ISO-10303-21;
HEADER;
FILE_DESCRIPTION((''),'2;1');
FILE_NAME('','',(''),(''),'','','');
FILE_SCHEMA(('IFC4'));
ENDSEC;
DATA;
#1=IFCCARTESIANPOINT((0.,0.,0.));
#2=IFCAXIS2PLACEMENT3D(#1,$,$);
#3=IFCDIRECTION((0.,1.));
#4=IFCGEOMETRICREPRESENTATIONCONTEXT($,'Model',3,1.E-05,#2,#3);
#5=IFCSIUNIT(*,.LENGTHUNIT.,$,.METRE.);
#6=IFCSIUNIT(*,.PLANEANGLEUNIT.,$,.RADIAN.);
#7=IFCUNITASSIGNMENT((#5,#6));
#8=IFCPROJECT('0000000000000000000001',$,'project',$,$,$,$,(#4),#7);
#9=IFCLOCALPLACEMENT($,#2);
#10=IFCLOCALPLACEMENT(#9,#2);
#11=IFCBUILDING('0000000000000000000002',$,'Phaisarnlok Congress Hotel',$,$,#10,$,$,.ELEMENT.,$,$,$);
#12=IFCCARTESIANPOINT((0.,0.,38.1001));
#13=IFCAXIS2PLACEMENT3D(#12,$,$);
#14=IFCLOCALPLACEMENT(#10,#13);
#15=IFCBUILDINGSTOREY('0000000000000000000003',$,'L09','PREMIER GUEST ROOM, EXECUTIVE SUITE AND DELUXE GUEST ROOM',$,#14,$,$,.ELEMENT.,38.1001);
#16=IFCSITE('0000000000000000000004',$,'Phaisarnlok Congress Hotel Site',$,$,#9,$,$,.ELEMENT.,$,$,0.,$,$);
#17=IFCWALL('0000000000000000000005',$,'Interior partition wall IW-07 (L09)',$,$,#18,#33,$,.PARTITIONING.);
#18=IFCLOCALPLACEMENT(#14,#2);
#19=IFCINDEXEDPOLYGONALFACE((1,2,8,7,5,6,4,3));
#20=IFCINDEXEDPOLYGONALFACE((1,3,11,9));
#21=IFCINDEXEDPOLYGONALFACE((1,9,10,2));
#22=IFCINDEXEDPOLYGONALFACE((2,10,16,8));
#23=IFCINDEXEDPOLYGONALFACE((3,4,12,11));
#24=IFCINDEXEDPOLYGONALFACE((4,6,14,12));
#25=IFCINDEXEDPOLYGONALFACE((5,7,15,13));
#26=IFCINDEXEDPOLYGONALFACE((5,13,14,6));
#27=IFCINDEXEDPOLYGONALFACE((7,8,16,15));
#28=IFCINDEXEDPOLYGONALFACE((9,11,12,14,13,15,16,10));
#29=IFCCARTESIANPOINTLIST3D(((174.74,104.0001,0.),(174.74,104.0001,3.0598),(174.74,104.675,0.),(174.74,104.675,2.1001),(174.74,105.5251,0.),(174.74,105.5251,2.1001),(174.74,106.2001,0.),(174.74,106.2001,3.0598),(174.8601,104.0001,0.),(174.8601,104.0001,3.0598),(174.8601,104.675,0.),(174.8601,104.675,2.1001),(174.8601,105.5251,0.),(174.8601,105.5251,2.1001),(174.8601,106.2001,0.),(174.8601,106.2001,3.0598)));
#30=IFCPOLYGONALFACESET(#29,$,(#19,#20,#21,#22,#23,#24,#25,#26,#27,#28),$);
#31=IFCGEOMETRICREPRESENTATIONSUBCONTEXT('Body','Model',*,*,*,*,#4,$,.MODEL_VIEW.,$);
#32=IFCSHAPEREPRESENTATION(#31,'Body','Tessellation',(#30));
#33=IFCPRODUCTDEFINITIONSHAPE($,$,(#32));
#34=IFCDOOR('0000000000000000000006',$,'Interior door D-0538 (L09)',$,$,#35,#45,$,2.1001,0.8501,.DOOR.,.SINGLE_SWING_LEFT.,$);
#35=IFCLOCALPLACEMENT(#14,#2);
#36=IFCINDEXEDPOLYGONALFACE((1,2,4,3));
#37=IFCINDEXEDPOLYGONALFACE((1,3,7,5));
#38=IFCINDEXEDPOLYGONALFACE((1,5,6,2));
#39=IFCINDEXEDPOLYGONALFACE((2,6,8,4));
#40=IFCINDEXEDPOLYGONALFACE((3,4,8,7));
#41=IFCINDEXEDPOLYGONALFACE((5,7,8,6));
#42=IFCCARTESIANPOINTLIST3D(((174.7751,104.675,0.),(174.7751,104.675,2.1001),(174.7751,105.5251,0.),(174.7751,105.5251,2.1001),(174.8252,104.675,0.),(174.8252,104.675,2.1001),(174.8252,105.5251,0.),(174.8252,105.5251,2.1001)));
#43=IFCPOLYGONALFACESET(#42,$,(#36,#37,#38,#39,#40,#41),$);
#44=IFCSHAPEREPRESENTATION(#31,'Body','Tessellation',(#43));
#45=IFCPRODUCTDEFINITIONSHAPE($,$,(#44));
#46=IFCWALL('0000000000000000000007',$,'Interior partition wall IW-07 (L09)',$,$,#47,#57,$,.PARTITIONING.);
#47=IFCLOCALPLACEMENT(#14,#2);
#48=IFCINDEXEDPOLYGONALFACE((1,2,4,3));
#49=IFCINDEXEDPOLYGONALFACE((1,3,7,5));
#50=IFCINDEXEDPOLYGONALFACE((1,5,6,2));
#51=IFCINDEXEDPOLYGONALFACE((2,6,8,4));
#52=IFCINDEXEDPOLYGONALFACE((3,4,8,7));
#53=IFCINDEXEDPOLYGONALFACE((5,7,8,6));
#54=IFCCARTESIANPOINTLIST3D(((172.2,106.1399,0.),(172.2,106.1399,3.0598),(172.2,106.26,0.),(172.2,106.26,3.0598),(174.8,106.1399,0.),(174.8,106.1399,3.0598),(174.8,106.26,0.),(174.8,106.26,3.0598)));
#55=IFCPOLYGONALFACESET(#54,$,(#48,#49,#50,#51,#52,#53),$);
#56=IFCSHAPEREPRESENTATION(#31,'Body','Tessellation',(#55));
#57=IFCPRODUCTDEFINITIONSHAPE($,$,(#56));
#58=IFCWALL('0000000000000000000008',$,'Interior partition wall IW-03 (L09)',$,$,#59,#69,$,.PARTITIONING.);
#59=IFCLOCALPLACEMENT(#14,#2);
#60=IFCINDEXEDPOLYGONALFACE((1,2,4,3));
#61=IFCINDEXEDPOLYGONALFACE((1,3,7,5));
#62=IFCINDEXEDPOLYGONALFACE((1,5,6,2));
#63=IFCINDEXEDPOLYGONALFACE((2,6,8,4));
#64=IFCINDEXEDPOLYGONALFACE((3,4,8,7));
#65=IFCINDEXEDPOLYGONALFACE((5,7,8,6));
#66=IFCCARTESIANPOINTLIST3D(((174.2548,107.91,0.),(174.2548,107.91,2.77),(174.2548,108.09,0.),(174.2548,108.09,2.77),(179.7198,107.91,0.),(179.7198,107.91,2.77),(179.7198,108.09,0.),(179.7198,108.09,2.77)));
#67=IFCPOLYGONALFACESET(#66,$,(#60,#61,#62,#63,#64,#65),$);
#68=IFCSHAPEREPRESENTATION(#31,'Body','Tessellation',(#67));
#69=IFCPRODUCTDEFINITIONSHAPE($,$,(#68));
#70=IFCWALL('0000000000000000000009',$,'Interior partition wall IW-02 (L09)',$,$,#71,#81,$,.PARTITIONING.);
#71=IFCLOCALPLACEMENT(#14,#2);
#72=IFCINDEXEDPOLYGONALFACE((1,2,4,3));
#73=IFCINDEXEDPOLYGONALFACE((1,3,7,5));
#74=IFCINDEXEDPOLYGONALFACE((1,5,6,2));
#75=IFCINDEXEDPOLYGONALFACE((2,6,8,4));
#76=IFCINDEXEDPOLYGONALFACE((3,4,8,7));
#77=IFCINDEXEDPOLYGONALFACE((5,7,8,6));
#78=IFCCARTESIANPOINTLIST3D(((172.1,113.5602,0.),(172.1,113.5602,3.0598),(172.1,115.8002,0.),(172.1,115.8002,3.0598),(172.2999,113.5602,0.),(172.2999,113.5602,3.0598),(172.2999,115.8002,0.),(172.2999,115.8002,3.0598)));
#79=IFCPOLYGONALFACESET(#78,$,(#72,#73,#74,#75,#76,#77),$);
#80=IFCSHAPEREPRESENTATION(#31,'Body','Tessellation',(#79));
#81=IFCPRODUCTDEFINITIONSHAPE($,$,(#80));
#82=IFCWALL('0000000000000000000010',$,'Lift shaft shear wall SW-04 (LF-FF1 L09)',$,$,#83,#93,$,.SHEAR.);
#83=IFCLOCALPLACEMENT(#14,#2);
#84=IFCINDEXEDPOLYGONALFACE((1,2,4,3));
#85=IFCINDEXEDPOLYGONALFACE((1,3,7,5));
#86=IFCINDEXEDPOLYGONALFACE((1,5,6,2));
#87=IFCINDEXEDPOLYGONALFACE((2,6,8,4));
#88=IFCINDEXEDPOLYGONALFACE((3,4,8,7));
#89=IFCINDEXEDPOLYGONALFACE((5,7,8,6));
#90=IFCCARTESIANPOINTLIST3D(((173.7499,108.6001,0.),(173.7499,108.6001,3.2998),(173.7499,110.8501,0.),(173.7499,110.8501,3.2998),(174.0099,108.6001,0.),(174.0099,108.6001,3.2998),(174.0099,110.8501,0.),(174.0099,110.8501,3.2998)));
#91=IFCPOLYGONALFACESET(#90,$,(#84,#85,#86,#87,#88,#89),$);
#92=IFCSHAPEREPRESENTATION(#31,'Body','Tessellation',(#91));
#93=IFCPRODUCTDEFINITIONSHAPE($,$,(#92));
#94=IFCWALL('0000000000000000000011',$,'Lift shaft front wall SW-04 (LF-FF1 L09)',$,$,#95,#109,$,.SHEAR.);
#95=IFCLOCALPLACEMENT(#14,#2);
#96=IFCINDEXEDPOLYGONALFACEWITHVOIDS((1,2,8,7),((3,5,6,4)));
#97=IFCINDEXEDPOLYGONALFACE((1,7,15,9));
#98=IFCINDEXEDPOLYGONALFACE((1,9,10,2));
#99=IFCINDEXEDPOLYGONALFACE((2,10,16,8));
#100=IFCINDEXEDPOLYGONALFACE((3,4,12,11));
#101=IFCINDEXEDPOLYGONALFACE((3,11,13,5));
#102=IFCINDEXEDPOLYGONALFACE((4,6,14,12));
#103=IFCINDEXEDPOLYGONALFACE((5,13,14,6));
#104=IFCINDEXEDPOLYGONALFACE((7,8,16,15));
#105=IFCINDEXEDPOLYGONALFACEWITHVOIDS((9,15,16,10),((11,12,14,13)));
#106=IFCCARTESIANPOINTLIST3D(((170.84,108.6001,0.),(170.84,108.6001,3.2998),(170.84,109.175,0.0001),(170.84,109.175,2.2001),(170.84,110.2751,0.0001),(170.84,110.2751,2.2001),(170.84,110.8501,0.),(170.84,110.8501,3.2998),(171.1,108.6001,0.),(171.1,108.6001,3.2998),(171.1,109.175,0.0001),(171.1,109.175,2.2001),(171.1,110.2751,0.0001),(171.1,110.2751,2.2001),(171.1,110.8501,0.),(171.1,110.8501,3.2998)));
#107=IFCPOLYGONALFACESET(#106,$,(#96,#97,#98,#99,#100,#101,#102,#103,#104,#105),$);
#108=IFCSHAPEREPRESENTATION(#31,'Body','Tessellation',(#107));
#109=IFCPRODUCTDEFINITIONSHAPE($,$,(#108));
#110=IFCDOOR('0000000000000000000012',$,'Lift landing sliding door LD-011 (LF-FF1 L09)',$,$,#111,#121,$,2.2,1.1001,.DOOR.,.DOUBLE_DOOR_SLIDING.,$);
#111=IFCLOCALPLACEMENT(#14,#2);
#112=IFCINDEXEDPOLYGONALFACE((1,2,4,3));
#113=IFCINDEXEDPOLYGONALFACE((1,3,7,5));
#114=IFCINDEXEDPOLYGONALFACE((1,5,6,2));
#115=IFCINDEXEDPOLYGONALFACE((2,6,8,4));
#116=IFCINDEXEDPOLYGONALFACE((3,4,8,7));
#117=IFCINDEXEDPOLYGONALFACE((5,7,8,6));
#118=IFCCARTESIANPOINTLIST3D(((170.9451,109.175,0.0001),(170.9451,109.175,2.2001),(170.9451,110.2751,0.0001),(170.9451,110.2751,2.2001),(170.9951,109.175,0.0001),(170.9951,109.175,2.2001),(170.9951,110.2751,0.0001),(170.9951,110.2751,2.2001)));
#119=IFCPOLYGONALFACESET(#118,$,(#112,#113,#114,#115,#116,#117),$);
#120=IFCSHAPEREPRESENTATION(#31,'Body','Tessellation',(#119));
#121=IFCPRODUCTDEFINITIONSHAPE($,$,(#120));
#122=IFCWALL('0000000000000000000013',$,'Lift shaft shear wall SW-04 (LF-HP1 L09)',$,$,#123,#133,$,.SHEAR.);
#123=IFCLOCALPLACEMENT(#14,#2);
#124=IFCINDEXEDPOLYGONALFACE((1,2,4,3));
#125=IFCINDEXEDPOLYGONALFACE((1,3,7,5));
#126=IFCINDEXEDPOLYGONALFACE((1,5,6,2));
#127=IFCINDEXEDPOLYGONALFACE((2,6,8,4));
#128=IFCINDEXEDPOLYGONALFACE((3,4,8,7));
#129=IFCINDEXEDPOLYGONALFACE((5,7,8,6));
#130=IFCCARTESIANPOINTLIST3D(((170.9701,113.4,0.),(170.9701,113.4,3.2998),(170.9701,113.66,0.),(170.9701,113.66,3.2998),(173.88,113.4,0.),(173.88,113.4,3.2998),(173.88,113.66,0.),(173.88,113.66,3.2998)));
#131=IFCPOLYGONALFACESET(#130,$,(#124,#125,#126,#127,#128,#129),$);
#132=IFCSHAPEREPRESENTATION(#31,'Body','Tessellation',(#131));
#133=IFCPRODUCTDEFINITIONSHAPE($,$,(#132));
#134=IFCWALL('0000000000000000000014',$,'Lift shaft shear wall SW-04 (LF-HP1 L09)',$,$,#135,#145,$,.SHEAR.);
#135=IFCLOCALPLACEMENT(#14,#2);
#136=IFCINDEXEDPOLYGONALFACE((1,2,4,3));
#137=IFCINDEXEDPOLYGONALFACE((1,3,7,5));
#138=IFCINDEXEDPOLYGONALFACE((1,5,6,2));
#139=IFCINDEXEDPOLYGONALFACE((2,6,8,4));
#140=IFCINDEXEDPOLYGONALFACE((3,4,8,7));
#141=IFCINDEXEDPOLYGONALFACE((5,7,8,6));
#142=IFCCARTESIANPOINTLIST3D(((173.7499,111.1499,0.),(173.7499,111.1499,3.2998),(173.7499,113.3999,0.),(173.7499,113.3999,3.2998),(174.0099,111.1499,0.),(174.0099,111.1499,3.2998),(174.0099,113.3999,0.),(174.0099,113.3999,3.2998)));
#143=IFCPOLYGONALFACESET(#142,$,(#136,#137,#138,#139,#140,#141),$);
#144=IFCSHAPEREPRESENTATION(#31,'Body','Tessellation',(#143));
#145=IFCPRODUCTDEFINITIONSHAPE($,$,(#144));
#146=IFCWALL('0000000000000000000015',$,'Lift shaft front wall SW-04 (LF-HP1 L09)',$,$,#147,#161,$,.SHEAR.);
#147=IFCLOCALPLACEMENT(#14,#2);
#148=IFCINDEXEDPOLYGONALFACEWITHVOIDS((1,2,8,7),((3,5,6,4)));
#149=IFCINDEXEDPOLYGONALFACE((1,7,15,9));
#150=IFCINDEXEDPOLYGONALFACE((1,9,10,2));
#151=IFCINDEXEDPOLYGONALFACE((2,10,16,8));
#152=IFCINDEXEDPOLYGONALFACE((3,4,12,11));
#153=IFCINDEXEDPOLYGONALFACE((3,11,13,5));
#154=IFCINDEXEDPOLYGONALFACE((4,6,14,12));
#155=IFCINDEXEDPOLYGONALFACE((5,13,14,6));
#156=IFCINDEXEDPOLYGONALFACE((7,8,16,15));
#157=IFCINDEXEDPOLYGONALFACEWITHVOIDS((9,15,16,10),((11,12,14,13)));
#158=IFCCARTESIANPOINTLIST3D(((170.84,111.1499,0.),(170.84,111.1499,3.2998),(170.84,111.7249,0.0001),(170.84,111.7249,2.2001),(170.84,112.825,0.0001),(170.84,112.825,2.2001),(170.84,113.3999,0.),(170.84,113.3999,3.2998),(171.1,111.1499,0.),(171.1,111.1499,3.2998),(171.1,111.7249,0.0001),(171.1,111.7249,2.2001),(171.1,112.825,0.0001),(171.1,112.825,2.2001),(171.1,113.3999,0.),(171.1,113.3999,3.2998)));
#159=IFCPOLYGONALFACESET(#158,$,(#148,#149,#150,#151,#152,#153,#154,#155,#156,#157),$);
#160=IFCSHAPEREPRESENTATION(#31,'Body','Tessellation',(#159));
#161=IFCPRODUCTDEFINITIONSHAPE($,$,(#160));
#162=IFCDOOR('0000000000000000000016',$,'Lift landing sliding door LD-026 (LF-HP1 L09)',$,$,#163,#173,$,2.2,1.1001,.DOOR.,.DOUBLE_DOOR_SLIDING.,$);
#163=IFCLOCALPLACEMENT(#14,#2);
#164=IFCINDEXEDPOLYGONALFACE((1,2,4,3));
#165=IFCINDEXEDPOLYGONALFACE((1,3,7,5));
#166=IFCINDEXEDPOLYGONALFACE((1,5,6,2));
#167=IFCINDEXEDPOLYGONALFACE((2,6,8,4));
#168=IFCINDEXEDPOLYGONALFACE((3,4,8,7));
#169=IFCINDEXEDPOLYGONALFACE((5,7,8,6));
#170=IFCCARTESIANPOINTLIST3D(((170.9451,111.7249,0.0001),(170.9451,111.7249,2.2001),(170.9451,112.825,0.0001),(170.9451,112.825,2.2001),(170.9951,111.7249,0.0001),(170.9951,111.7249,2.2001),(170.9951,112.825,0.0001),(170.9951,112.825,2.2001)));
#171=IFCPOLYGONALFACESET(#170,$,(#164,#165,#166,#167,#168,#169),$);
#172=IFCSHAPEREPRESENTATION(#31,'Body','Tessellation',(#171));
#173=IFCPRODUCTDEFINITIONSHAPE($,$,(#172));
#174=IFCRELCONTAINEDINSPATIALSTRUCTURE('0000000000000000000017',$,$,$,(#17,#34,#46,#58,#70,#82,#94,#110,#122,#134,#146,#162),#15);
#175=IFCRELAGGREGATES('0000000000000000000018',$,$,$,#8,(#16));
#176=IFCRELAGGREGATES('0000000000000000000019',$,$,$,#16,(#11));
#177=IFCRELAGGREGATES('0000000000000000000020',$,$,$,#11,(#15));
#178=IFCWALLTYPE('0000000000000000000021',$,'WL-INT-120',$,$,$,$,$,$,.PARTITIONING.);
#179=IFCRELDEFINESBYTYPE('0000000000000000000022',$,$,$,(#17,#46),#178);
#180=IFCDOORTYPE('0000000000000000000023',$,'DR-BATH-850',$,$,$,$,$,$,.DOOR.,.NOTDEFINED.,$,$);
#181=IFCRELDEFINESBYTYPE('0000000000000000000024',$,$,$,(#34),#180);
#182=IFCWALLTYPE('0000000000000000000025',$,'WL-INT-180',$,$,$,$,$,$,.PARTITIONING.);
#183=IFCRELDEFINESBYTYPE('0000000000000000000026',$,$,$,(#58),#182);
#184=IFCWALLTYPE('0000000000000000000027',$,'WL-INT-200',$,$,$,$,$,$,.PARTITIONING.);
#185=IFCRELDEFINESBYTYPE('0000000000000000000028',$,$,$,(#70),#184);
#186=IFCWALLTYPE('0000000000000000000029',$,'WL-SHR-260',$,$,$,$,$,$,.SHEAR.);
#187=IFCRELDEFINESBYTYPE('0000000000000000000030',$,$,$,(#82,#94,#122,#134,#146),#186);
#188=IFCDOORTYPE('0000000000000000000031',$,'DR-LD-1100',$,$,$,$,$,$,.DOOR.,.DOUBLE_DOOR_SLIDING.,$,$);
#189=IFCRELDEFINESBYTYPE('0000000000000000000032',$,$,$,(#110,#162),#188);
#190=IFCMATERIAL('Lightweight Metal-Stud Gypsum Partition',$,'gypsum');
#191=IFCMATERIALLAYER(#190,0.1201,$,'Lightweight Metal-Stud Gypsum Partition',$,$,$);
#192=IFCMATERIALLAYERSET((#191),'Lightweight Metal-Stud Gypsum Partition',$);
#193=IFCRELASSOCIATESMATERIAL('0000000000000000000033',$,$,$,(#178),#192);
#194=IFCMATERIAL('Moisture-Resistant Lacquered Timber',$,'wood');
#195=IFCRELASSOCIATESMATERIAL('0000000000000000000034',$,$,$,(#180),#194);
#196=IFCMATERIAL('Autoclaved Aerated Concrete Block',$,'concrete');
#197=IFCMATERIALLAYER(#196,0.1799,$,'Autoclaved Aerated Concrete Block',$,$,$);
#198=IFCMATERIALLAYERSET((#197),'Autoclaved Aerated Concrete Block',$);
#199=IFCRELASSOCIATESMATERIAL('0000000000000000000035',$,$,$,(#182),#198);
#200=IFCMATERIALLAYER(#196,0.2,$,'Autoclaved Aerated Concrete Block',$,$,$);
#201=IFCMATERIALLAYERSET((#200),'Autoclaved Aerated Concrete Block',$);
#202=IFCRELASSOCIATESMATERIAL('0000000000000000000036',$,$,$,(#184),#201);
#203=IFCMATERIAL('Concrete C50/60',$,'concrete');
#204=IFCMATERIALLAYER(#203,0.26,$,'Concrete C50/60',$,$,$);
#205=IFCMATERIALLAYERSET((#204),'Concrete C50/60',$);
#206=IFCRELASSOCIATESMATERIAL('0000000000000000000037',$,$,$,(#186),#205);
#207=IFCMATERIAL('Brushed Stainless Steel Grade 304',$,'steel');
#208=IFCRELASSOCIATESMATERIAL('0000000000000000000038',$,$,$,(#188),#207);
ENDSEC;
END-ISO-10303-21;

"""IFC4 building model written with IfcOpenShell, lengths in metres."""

from ifc_helpers import new_model, si_unit, direction, frame, frame_2d, origin, place, context, subcontext, project, spatial, rectangle, extrude, material, layer, layer_set, type_object, element, fill, save


model = new_model("IFC4")

# Units and contexts
model_context = context("Model", 3, precision=1e-05, world=origin(), true_north=direction((0.0, 1.0)))
body_context = subcontext(model_context, "Body", "Model", "MODEL_VIEW")
ifc_project = project(units=[si_unit("LENGTHUNIT", "METRE"), si_unit("PLANEANGLEUNIT", "RADIAN")], contexts=[model_context])

# Site, building, storey
site_placement = place(None, origin())
site = spatial("IfcSite", under=ifc_project, at=site_placement, Name="Phaisarnlok Congress Hotel Site", CompositionType="ELEMENT", RefElevation=0.0)
building_placement = place(site_placement, origin())
building = spatial("IfcBuilding", under=site, at=building_placement, Name="Phaisarnlok Congress Hotel", CompositionType="ELEMENT")
storey_placement = place(building_placement, frame((0.0, 0.0, 38.1001)))
storey = spatial("IfcBuildingStorey", under=building, at=storey_placement, Name="L09", Description="PREMIER GUEST ROOM, EXECUTIVE SUITE AND DELUXE GUEST ROOM", CompositionType="ELEMENT", Elevation=38.1001)

# Shared definitions
ifc_material_1 = material(Name="Concrete C50/60", Category="concrete")

# Wall, opening, door
ifc_material_2 = material(Name="Lightweight Metal-Stud Gypsum Partition", Category="gypsum")
ifc_layer_1 = layer(ifc_material_2, 0.1201, Name="Lightweight Metal-Stud Gypsum Partition")
ifc_layer_set_1 = layer_set([ifc_layer_1], Name="Lightweight Metal-Stud Gypsum Partition")
wall_type_1 = type_object("IfcWallType", Name="WL-INT-120", PredefinedType="PARTITIONING", material=ifc_layer_set_1)
wall_1_placement = place(storey_placement, frame((174.8, 104.0, 0.0), z_axis=(0.0, 0.0, 1.0), x_axis=(0.0, 1.0, 0.0)))
wall_1 = element("IfcWall", 1, at=wall_1_placement, inside=storey, type_object=wall_type_1, Name="Interior partition wall IW-07 (L09)", PredefinedType="PARTITIONING", context=body_context, shape_type="SweptSolid", body=[
    extrude(rectangle(XDim=2.2, YDim=0.1201, at=frame_2d((1.1001, 0.0))), origin(), (0.0, 0.0, 1.0), 3.0598),
])
opening_1_placement = place(wall_1_placement, frame((0.675, 0.0, 0.0)))
opening_1 = element("IfcOpeningElement", 2, at=opening_1_placement, cuts=wall_1, PredefinedType="OPENING", context=body_context, shape_type="SweptSolid", body=[
    extrude(rectangle(XDim=0.8501, YDim=2.1001, at=frame_2d((0.425, 1.05))), frame((0.0, 0.0701, 0.0), z_axis=(0.0, -1.0, 0.0), x_axis=(1.0, 0.0, 0.0)), (0.0, 0.0, 1.0), 0.1401),
])
ifc_material_3 = material(Name="Moisture-Resistant Lacquered Timber", Category="wood")
door_type_1 = type_object("IfcDoorType", Name="DR-BATH-850", OperationType="NOTDEFINED", PredefinedType="DOOR", material=ifc_material_3)
door_1_placement = place(opening_1_placement, origin())
door_1 = element("IfcDoor", 3, at=door_1_placement, inside=storey, type_object=door_type_1, Name="Interior door D-0538 (L09)", OperationType="SINGLE_SWING_LEFT", OverallHeight=2.1001, OverallWidth=0.8501, PredefinedType="DOOR", context=body_context, shape_type="SweptSolid", body=[
    extrude(rectangle(XDim=0.8501, YDim=2.1001, at=frame_2d((0.425, 1.05))), frame((0.0, 0.0249, 0.0), z_axis=(0.0, -1.0, 0.0), x_axis=(1.0, 0.0, 0.0)), (0.0, 0.0, 1.0), 0.05),
])
fill(opening_1, door_1)

# Walls
wall_2_placement = place(storey_placement, frame((172.2, 106.2, 0.0), z_axis=(0.0, 0.0, 1.0), x_axis=(1.0, 0.0, 0.0)))
element("IfcWall", 4, at=wall_2_placement, inside=storey, type_object=wall_type_1, Name="Interior partition wall IW-07 (L09)", PredefinedType="PARTITIONING", context=body_context, shape_type="SweptSolid", body=[
    extrude(rectangle(XDim=2.6001, YDim=0.1201, at=frame_2d((1.3, 0.0))), origin(), (0.0, 0.0, 1.0), 3.0598),
])
ifc_material_4 = material(Name="Autoclaved Aerated Concrete Block", Category="concrete")
ifc_layer_2 = layer(ifc_material_4, 0.1799, Name="Autoclaved Aerated Concrete Block")
ifc_layer_set_2 = layer_set([ifc_layer_2], Name="Autoclaved Aerated Concrete Block")
wall_type_2 = type_object("IfcWallType", Name="WL-INT-180", PredefinedType="PARTITIONING", material=ifc_layer_set_2)
wall_3_placement = place(storey_placement, frame((174.2549, 108.0, 0.0), z_axis=(0.0, 0.0, 1.0), x_axis=(1.0, 0.0, 0.0)))
element("IfcWall", 5, at=wall_3_placement, inside=storey, type_object=wall_type_2, Name="Interior partition wall IW-03 (L09)", PredefinedType="PARTITIONING", context=body_context, shape_type="SweptSolid", body=[
    extrude(rectangle(XDim=5.4651, YDim=0.1799, at=frame_2d((2.7324, 0.0))), origin(), (0.0, 0.0, 1.0), 2.77),
])
ifc_layer_3 = layer(ifc_material_4, 0.2, Name="Autoclaved Aerated Concrete Block")
ifc_layer_set_3 = layer_set([ifc_layer_3], Name="Autoclaved Aerated Concrete Block")
wall_type_3 = type_object("IfcWallType", Name="WL-INT-200", PredefinedType="PARTITIONING", material=ifc_layer_set_3)
wall_4_placement = place(storey_placement, frame((172.2, 113.5601, 0.0), z_axis=(0.0, 0.0, 1.0), x_axis=(0.0, 1.0, 0.0)))
element("IfcWall", 6, at=wall_4_placement, inside=storey, type_object=wall_type_3, Name="Interior partition wall IW-02 (L09)", PredefinedType="PARTITIONING", context=body_context, shape_type="SweptSolid", body=[
    extrude(rectangle(XDim=2.24, YDim=0.2, at=frame_2d((1.1201, 0.0))), origin(), (0.0, 0.0, 1.0), 3.0598),
])
ifc_layer_4 = layer(ifc_material_1, 0.26, Name="Concrete C50/60")
ifc_layer_set_4 = layer_set([ifc_layer_4], Name="Concrete C50/60")
wall_type_4 = type_object("IfcWallType", Name="WL-SHR-260", PredefinedType="SHEAR", material=ifc_layer_set_4)
wall_5_placement = place(storey_placement, frame((173.8799, 108.6001, 0.0), z_axis=(0.0, 0.0, 1.0), x_axis=(0.0, 1.0, 0.0)))
element("IfcWall", 7, at=wall_5_placement, inside=storey, type_object=wall_type_4, Name="Lift shaft shear wall SW-04 (LF-FF1 L09)", PredefinedType="SHEAR", context=body_context, shape_type="SweptSolid", body=[
    extrude(rectangle(XDim=2.25, YDim=0.26, at=frame_2d((1.125, 0.0))), origin(), (0.0, 0.0, 1.0), 3.2998),
])

# Wall, opening, door
wall_6_placement = place(storey_placement, frame((170.97, 108.6001, 0.0), z_axis=(0.0, 0.0, 1.0), x_axis=(0.0, 1.0, 0.0)))
wall_6 = element("IfcWall", 8, at=wall_6_placement, inside=storey, type_object=wall_type_4, Name="Lift shaft front wall SW-04 (LF-FF1 L09)", PredefinedType="SHEAR", context=body_context, shape_type="SweptSolid", body=[
    extrude(rectangle(XDim=2.25, YDim=0.26, at=frame_2d((1.125, 0.0))), origin(), (0.0, 0.0, 1.0), 3.2998),
])
opening_2_placement = place(wall_6_placement, frame((0.575, 0.0, 0.0)))
opening_2 = element("IfcOpeningElement", 9, at=opening_2_placement, cuts=wall_6, PredefinedType="OPENING", context=body_context, shape_type="SweptSolid", body=[
    extrude(rectangle(XDim=1.1001, YDim=2.2, at=frame_2d((0.55, 1.1001))), frame((0.0, 0.1401, 0.0), z_axis=(0.0, -1.0, 0.0), x_axis=(1.0, 0.0, 0.0)), (0.0, 0.0, 1.0), 0.28),
])
ifc_material_5 = material(Name="Brushed Stainless Steel Grade 304", Category="steel")
door_type_2 = type_object("IfcDoorType", Name="DR-LD-1100", OperationType="DOUBLE_DOOR_SLIDING", PredefinedType="DOOR", material=ifc_material_5)
door_2_placement = place(opening_2_placement, origin())
door_2 = element("IfcDoor", 10, at=door_2_placement, inside=storey, type_object=door_type_2, Name="Lift landing sliding door LD-011 (LF-FF1 L09)", OperationType="DOUBLE_DOOR_SLIDING", OverallHeight=2.2, OverallWidth=1.1001, PredefinedType="DOOR", context=body_context, shape_type="SweptSolid", body=[
    extrude(rectangle(XDim=1.1001, YDim=2.2, at=frame_2d((0.55, 1.1001))), frame((0.0, 0.0249, 0.0), z_axis=(0.0, -1.0, 0.0), x_axis=(1.0, 0.0, 0.0)), (0.0, 0.0, 1.0), 0.05),
])
fill(opening_2, door_2)

# Walls
wall_7_placement = place(storey_placement, frame((170.97, 113.53, 0.0), z_axis=(0.0, 0.0, 1.0), x_axis=(1.0, 0.0, 0.0)))
element("IfcWall", 11, at=wall_7_placement, inside=storey, type_object=wall_type_4, Name="Lift shaft shear wall SW-04 (LF-HP1 L09)", PredefinedType="SHEAR", context=body_context, shape_type="SweptSolid", body=[
    extrude(rectangle(XDim=2.9099, YDim=0.26, at=frame_2d((1.4551, 0.0))), origin(), (0.0, 0.0, 1.0), 3.2998),
])
wall_8_placement = place(storey_placement, frame((173.8799, 111.1499, 0.0), z_axis=(0.0, 0.0, 1.0), x_axis=(0.0, 1.0, 0.0)))
element("IfcWall", 12, at=wall_8_placement, inside=storey, type_object=wall_type_4, Name="Lift shaft shear wall SW-04 (LF-HP1 L09)", PredefinedType="SHEAR", context=body_context, shape_type="SweptSolid", body=[
    extrude(rectangle(XDim=2.25, YDim=0.26, at=frame_2d((1.125, 0.0))), origin(), (0.0, 0.0, 1.0), 3.2998),
])

# Wall, opening, door
wall_9_placement = place(storey_placement, frame((170.97, 111.1499, 0.0), z_axis=(0.0, 0.0, 1.0), x_axis=(0.0, 1.0, 0.0)))
wall_9 = element("IfcWall", 13, at=wall_9_placement, inside=storey, type_object=wall_type_4, Name="Lift shaft front wall SW-04 (LF-HP1 L09)", PredefinedType="SHEAR", context=body_context, shape_type="SweptSolid", body=[
    extrude(rectangle(XDim=2.25, YDim=0.26, at=frame_2d((1.125, 0.0))), origin(), (0.0, 0.0, 1.0), 3.2998),
])
opening_3_placement = place(wall_9_placement, frame((0.575, 0.0, 0.0)))
opening_3 = element("IfcOpeningElement", 14, at=opening_3_placement, cuts=wall_9, PredefinedType="OPENING", context=body_context, shape_type="SweptSolid", body=[
    extrude(rectangle(XDim=1.1001, YDim=2.2, at=frame_2d((0.55, 1.1001))), frame((0.0, 0.1401, 0.0), z_axis=(0.0, -1.0, 0.0), x_axis=(1.0, 0.0, 0.0)), (0.0, 0.0, 1.0), 0.28),
])
door_3_placement = place(opening_3_placement, origin())
door_3 = element("IfcDoor", 15, at=door_3_placement, inside=storey, type_object=door_type_2, Name="Lift landing sliding door LD-026 (LF-HP1 L09)", OperationType="DOUBLE_DOOR_SLIDING", OverallHeight=2.2, OverallWidth=1.1001, PredefinedType="DOOR", context=body_context, shape_type="SweptSolid", body=[
    extrude(rectangle(XDim=1.1001, YDim=2.2, at=frame_2d((0.55, 1.1001))), frame((0.0, 0.0249, 0.0), z_axis=(0.0, -1.0, 0.0), x_axis=(1.0, 0.0, 0.0)), (0.0, 0.0, 1.0), 0.05),
])
fill(opening_3, door_3)

save(model, "model.ifc")
